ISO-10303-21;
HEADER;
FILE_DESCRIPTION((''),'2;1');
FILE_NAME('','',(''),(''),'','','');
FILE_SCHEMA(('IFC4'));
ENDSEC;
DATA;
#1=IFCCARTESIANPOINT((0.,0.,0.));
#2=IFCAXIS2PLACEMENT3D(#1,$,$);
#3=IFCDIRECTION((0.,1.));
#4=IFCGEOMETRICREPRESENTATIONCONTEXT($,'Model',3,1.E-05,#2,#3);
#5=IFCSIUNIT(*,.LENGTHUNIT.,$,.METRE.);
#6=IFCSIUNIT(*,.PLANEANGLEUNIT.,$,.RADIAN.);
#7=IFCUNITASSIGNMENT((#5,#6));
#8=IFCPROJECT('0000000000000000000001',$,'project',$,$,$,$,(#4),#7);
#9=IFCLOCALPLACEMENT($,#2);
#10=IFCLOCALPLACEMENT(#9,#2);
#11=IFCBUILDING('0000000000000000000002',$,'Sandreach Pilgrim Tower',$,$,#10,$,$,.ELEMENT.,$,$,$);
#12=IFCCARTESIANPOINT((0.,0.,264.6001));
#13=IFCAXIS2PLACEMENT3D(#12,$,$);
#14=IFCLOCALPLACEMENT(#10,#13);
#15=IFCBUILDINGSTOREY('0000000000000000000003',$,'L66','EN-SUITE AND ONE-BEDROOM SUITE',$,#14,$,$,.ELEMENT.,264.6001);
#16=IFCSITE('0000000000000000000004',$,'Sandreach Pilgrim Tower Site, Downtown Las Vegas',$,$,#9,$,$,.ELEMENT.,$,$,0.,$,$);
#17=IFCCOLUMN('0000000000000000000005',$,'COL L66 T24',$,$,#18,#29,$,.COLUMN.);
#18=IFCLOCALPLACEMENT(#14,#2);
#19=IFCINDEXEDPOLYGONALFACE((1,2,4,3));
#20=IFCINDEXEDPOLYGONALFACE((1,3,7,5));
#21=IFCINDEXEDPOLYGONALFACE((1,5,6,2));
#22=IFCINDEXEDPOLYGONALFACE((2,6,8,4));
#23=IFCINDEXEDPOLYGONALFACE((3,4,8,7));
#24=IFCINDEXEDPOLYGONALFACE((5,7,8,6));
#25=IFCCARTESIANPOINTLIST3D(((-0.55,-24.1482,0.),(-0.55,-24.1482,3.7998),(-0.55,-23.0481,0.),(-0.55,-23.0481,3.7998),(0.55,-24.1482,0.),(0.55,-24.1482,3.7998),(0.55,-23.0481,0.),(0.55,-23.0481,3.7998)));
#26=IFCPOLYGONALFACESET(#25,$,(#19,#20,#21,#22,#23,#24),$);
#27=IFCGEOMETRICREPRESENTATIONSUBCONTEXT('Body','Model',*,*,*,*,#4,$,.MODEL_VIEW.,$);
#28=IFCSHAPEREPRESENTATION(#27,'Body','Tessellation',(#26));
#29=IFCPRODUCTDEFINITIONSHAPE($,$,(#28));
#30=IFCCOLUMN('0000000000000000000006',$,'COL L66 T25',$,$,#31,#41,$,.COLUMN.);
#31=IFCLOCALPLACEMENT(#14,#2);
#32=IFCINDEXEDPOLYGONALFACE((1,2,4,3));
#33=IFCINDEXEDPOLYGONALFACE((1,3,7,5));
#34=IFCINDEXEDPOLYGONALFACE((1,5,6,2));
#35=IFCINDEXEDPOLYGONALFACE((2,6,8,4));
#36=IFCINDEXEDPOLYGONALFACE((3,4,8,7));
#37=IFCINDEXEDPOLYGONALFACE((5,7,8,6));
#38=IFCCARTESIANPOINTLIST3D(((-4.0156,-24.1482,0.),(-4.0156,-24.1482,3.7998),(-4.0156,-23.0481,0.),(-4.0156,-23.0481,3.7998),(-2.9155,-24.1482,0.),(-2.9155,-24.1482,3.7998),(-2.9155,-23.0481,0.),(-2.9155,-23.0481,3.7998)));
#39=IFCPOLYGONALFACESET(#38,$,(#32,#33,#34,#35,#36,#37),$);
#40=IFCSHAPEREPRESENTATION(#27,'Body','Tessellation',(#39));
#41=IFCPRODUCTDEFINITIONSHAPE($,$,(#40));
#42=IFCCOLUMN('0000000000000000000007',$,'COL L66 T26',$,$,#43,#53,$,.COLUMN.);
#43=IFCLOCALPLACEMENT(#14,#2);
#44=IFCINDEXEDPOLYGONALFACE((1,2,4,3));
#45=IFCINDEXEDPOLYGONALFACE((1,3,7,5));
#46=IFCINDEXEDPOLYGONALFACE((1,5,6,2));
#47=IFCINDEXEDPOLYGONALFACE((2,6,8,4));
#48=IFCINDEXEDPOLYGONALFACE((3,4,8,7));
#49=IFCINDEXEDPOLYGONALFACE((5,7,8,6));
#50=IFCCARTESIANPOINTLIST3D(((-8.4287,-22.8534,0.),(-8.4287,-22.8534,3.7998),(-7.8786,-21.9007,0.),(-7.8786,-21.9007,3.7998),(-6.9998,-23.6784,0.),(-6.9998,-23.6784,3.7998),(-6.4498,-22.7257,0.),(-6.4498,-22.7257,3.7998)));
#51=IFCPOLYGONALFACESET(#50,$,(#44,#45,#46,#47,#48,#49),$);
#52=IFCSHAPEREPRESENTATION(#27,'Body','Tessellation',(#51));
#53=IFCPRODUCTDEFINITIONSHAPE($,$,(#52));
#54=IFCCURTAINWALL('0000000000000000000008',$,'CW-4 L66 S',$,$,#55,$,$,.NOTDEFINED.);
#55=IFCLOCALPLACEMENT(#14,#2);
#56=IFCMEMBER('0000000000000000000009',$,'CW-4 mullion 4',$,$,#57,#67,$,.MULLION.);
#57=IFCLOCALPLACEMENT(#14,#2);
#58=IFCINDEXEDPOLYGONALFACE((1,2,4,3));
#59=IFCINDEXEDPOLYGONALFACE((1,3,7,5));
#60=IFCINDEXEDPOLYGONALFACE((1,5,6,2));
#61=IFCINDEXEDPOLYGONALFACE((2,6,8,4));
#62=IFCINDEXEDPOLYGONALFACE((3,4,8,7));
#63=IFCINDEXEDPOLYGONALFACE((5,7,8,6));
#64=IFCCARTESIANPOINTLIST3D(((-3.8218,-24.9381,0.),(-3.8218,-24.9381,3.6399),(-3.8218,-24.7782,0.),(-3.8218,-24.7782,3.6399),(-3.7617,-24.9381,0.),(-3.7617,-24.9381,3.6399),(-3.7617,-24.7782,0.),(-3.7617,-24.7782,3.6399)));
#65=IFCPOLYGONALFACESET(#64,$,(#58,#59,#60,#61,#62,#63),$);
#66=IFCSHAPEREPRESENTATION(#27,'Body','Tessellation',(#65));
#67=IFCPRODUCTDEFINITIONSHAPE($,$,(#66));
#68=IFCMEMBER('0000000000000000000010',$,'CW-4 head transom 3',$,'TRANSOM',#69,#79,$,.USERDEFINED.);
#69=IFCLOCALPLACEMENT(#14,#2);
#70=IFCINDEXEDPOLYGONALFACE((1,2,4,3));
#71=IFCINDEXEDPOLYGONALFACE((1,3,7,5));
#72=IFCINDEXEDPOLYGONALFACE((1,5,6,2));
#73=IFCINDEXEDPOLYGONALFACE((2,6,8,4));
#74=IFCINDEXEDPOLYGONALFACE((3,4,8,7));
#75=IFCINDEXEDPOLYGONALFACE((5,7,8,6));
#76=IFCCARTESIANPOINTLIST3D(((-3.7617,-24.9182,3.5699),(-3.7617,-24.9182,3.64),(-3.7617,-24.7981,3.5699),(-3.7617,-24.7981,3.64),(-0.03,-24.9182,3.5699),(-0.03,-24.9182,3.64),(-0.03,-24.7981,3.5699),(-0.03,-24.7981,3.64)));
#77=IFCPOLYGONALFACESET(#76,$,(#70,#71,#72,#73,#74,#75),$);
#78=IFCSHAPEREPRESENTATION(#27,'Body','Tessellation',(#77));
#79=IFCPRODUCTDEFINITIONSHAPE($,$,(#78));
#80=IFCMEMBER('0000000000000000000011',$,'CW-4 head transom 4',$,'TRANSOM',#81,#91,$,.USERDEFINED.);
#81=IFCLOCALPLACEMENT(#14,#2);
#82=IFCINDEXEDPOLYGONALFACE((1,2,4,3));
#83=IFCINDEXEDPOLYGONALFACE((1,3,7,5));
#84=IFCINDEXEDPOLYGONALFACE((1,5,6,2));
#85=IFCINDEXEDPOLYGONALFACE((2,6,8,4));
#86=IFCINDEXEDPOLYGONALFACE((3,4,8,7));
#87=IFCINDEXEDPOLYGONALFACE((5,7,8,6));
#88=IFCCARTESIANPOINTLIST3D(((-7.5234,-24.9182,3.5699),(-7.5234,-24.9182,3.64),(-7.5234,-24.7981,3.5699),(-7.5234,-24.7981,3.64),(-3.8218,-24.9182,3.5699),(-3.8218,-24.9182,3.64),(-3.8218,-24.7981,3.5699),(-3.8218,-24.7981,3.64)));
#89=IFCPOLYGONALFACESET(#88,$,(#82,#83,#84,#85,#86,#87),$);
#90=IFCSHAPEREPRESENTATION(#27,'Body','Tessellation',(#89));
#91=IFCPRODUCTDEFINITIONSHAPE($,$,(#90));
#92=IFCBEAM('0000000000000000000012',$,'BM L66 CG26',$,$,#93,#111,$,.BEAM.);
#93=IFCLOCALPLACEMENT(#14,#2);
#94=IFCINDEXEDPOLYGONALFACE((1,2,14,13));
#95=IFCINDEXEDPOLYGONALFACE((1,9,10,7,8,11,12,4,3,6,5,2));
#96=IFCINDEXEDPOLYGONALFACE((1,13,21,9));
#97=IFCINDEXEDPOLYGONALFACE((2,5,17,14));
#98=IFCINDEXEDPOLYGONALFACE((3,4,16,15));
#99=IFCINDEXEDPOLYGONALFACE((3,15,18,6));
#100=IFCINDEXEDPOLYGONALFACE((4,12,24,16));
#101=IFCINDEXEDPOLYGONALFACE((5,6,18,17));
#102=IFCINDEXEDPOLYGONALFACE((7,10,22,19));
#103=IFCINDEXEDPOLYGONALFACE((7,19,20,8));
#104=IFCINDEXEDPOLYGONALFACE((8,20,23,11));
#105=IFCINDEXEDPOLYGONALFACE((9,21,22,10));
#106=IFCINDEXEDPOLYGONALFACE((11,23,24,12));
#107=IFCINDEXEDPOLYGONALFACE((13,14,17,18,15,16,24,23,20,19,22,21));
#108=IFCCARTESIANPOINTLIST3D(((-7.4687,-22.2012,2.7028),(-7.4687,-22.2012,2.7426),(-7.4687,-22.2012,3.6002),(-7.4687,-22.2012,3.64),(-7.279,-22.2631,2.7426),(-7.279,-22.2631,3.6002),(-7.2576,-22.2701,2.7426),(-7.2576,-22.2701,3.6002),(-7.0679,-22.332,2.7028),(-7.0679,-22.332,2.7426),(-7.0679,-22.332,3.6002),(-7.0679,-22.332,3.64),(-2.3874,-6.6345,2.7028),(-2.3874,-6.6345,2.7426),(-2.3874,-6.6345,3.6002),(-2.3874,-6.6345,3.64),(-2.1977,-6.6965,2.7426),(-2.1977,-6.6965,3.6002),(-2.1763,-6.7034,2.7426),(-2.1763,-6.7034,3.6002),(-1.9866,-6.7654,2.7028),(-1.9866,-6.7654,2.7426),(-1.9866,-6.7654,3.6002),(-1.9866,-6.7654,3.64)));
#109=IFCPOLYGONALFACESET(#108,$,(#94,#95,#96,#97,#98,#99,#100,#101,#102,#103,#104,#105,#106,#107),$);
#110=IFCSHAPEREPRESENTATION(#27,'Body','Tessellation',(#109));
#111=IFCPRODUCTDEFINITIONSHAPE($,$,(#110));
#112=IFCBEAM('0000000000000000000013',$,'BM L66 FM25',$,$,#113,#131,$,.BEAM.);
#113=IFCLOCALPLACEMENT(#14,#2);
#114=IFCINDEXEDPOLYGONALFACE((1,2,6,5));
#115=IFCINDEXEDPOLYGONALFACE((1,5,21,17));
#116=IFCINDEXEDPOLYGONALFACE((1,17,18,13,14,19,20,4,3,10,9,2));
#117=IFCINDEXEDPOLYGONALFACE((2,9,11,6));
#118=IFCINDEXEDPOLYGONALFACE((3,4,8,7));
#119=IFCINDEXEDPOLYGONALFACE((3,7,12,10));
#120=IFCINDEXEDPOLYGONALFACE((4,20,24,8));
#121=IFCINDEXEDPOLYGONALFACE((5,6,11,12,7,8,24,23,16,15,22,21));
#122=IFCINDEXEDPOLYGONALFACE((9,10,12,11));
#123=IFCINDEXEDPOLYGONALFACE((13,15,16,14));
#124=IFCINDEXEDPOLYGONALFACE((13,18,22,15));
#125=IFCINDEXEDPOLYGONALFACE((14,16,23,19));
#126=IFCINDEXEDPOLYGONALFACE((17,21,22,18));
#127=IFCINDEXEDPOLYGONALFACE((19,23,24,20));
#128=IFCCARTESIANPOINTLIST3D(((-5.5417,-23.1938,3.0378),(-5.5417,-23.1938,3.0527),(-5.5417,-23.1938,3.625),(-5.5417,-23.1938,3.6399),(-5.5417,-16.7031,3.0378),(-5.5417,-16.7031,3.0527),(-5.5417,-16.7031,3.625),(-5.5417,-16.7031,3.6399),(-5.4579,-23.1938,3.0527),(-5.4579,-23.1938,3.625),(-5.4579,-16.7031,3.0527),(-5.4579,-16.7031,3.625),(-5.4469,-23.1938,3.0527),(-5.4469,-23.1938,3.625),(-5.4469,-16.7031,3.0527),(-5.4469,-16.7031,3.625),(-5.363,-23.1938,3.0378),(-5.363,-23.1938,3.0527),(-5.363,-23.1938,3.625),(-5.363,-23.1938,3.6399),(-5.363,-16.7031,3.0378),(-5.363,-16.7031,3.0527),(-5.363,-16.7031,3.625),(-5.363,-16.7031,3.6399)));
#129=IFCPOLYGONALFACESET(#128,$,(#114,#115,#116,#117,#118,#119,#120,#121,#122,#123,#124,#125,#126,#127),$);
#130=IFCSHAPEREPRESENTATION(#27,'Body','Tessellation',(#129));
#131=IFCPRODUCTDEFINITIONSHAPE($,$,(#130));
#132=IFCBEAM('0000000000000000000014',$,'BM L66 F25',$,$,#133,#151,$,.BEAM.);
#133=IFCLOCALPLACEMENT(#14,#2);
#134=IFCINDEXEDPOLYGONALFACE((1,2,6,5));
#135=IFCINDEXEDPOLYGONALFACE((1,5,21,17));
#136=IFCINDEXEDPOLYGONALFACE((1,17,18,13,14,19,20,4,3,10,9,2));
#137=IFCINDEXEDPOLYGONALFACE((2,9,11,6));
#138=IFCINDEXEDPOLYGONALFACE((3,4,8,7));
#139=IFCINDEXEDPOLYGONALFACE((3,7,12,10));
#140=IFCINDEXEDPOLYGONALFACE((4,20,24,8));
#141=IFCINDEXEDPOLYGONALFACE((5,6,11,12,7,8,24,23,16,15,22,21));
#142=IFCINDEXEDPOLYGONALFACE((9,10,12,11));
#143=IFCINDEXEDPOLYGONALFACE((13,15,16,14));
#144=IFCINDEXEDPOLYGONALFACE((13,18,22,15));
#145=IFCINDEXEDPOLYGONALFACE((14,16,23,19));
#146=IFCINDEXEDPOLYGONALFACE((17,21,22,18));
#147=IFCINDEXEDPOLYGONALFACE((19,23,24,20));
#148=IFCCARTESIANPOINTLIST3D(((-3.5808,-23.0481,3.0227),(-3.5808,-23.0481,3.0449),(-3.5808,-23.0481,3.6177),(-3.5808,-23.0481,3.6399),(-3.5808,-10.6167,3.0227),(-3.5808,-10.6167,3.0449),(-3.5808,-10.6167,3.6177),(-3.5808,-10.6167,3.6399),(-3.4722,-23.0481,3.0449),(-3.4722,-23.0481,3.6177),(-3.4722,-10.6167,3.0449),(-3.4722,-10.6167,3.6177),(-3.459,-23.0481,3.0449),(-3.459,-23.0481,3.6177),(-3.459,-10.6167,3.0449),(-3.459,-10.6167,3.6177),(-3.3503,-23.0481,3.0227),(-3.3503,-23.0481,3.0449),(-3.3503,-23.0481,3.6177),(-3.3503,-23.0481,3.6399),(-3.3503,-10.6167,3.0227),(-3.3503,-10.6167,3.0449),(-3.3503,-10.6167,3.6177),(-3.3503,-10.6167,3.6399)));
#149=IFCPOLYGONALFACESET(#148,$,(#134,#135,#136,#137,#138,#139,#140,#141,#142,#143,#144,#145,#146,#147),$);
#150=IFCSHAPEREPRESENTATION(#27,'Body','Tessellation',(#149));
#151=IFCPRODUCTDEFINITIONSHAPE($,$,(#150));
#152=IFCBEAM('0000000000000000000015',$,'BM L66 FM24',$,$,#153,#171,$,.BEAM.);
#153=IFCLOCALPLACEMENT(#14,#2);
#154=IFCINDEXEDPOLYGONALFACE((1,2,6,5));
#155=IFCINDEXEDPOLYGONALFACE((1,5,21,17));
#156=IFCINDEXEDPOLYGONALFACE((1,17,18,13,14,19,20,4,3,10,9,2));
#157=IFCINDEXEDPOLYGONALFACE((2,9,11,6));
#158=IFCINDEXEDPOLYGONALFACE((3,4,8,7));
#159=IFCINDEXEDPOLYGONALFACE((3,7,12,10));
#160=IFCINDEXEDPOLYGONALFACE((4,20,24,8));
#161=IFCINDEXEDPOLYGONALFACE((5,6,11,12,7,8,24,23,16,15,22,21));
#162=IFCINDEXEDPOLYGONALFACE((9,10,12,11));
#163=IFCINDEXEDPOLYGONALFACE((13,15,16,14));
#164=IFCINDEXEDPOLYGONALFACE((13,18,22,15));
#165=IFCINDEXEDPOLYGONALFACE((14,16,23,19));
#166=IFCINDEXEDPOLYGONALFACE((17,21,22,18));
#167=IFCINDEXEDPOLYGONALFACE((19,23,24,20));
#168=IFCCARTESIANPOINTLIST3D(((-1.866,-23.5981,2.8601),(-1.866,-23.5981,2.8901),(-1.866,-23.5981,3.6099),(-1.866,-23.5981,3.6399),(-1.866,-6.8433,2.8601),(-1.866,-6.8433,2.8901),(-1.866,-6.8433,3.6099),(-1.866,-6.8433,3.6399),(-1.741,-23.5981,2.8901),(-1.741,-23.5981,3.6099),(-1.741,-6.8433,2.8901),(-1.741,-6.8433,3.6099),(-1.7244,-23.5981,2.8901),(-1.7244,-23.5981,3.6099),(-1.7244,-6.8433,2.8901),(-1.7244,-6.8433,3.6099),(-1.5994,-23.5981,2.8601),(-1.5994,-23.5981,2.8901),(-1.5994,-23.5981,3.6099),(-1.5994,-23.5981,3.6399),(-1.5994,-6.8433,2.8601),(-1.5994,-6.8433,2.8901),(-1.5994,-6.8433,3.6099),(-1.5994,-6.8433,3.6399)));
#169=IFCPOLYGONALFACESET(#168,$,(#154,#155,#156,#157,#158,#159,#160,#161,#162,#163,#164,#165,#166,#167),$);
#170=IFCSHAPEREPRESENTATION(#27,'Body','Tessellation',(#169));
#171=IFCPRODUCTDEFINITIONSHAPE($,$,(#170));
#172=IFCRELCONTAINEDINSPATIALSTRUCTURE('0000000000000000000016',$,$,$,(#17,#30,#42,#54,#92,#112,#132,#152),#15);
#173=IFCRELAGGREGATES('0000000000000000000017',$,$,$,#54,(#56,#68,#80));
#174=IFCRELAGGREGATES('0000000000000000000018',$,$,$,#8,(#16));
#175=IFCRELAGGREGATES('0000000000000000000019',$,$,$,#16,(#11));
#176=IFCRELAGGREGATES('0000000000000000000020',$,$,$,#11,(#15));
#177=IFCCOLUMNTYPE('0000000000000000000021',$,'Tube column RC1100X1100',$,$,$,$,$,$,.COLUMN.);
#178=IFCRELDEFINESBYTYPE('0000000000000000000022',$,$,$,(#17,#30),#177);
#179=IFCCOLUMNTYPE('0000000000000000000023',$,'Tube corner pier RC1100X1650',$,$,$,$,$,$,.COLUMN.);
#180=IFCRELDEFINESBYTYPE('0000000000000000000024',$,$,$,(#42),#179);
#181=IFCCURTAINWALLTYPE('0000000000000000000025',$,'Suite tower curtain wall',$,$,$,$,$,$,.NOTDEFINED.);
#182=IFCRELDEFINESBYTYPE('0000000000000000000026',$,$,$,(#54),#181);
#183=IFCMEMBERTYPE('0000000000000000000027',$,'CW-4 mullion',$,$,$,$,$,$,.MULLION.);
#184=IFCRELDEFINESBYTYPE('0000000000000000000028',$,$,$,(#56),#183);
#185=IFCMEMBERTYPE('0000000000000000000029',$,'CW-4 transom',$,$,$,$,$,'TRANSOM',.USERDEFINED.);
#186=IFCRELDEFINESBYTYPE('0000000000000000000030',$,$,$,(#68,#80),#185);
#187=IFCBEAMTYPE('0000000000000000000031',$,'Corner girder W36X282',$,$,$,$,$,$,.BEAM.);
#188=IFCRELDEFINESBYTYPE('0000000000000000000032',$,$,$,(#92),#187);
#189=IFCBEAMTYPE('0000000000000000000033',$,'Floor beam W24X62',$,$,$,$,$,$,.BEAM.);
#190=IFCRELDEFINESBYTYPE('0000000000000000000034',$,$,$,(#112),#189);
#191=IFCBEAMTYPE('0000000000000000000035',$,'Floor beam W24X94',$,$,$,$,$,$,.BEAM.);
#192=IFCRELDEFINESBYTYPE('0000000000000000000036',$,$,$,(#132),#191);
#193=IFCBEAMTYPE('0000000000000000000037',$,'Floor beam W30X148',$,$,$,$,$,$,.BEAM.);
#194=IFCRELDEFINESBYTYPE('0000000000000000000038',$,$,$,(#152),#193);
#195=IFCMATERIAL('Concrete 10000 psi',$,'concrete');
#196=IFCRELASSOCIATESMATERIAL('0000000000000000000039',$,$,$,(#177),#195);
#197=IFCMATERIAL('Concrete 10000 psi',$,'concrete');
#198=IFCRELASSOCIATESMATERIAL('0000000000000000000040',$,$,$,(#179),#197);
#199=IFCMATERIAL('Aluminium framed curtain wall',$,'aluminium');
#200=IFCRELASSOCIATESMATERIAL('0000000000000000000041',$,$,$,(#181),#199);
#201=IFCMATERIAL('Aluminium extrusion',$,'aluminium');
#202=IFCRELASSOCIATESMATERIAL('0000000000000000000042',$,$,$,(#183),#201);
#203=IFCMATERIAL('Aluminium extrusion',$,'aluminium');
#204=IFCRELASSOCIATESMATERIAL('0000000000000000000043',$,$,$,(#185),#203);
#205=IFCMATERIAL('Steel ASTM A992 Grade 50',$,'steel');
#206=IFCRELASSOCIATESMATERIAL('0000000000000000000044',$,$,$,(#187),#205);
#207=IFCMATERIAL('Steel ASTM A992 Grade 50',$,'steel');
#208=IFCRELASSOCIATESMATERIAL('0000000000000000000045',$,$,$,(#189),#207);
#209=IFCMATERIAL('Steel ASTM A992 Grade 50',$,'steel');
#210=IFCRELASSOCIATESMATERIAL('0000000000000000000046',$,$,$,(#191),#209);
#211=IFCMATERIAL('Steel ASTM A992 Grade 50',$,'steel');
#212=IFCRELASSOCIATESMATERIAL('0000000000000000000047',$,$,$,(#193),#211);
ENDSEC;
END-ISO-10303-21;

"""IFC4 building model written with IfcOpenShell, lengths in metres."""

from ifc_helpers import new_model, si_unit, direction, frame, origin, origin_2d, place, context, subcontext, project, spatial, rectangle, i_section, extrude, material, material_profile, profile_set, type_object, element, aggregate, save


model = new_model("IFC4")

# Units and contexts
model_context = context("Model", 3, precision=1e-05, world=origin(), true_north=direction((0.0, 1.0)))
body_context = subcontext(model_context, "Body", "Model", "MODEL_VIEW")
ifc_project = project(units=[si_unit("LENGTHUNIT", "METRE"), si_unit("PLANEANGLEUNIT", "RADIAN")], contexts=[model_context])

# Site, building, storey
site_placement = place(None, origin())
site = spatial("IfcSite", under=ifc_project, at=site_placement, Name="Sandreach Pilgrim Tower Site, Downtown Las Vegas", CompositionType="ELEMENT", RefElevation=0.0)
building_placement = place(site_placement, origin())
building = spatial("IfcBuilding", under=site, at=building_placement, Name="Sandreach Pilgrim Tower", CompositionType="ELEMENT")
storey_placement = place(building_placement, frame((0.0, 0.0, 264.6001)))
storey = spatial("IfcBuildingStorey", under=building, at=storey_placement, Name="L66", Description="EN-SUITE AND ONE-BEDROOM SUITE", CompositionType="ELEMENT", Elevation=264.6001)

# Columns
ifc_material_1 = material(Name="Concrete 10000 psi", Category="concrete")
ifc_material_profile_1 = material_profile(ifc_material_1, rectangle(XDim=1.1001, YDim=1.1001, at=origin_2d()), Name="RC1100X1100")
ifc_profile_set_1 = profile_set([ifc_material_profile_1], Name="Concrete 10000 psi")
column_type_1 = type_object("IfcColumnType", Name="Tube column RC1100X1100", PredefinedType="COLUMN", material=ifc_profile_set_1)
for number, where, z_axis, x_axis, name in (
    (1, (0.0, -23.5981, 0.0), (0.0, 0.0, 1.0), (0.0, -1.0, 0.0), "COL L66 T24"),
    (2, (-3.4656, -23.5981, 0.0), (0.0, 0.0, 1.0), (0.0, -1.0, 0.0), "COL L66 T25"),
):
    element("IfcColumn", number, at=place(storey_placement, frame(where, z_axis=z_axis, x_axis=x_axis)), inside=storey, type_object=column_type_1, Name=name, PredefinedType="COLUMN", context=body_context, shape_type="SweptSolid", body=[
        extrude(rectangle(XDim=1.1001, YDim=1.1001, at=origin_2d()), origin(), (0.0, 0.0, 1.0), 3.7998),
    ])
ifc_material_2 = material(Name="Concrete 10000 psi", Category="concrete")
ifc_material_profile_2 = material_profile(ifc_material_2, rectangle(XDim=1.1001, YDim=1.6499, at=origin_2d()), Name="RC1100X1650")
ifc_profile_set_2 = profile_set([ifc_material_profile_2], Name="Concrete 10000 psi")
column_type_2 = type_object("IfcColumnType", Name="Tube corner pier RC1100X1650", PredefinedType="COLUMN", material=ifc_profile_set_2)
column_placement = place(storey_placement, frame((-7.4392, -22.7896, 0.0), z_axis=(0.0, 0.0, 1.0), x_axis=(-0.5, -0.866025, 0.0)))
element("IfcColumn", 3, at=column_placement, inside=storey, type_object=column_type_2, Name="COL L66 T26", PredefinedType="COLUMN", context=body_context, shape_type="SweptSolid", body=[
    extrude(rectangle(XDim=1.1001, YDim=1.6499, at=origin_2d()), origin(), (0.0, 0.0, 1.0), 3.7998),
])

# Curtain wall, members
ifc_material_3 = material(Name="Aluminium framed curtain wall", Category="aluminium")
curtain_wall_type = type_object("IfcCurtainWallType", Name="Suite tower curtain wall", PredefinedType="NOTDEFINED", material=ifc_material_3)
curtain_wall_placement = place(storey_placement, origin())
curtain_wall = element("IfcCurtainWall", 4, at=curtain_wall_placement, inside=storey, type_object=curtain_wall_type, Name="CW-4 L66 S", PredefinedType="NOTDEFINED")
ifc_material_4 = material(Name="Aluminium extrusion", Category="aluminium")
ifc_material_profile_3 = material_profile(ifc_material_4, rectangle(XDim=0.0601, YDim=0.1599, at=origin_2d()), Name="CW-4M 60X160")
ifc_profile_set_3 = profile_set([ifc_material_profile_3], Name="Aluminium extrusion")
member_type_1 = type_object("IfcMemberType", Name="CW-4 mullion", PredefinedType="MULLION", material=ifc_profile_set_3)
member_1_placement = place(storey_placement, frame((-3.7917, -24.8582, 0.0), z_axis=(0.0, 0.0, 1.0), x_axis=(-1.0, 0.0, 0.0)))
member_1 = element("IfcMember", 5, at=member_1_placement, type_object=member_type_1, Name="CW-4 mullion 4", PredefinedType="MULLION", context=body_context, shape_type="SweptSolid", body=[
    extrude(rectangle(XDim=0.0601, YDim=0.1599, at=origin_2d()), origin(), (0.0, 0.0, 1.0), 3.6399),
])
ifc_material_5 = material(Name="Aluminium extrusion", Category="aluminium")
ifc_material_profile_4 = material_profile(ifc_material_5, rectangle(XDim=0.1201, YDim=0.0701, at=origin_2d()), Name="CW-4T 120X70")
ifc_profile_set_4 = profile_set([ifc_material_profile_4], Name="Aluminium extrusion")
member_type_2 = type_object("IfcMemberType", Name="CW-4 transom", ElementType="TRANSOM", PredefinedType="USERDEFINED", material=ifc_profile_set_4)
member_2_placement = place(storey_placement, frame((-0.03, -24.8582, 3.605), z_axis=(-1.0, 0.0, 0.0), x_axis=(0.0, -1.0, 0.0)))
member_2 = element("IfcMember", 6, at=member_2_placement, type_object=member_type_2, Name="CW-4 head transom 3", ObjectType="TRANSOM", PredefinedType="USERDEFINED", context=body_context, shape_type="SweptSolid", body=[
    extrude(rectangle(XDim=0.1201, YDim=0.0701, at=origin_2d()), origin(), (0.0, 0.0, 1.0), 3.7317),
])
member_3_placement = place(storey_placement, frame((-3.8218, -24.8582, 3.605), z_axis=(-1.0, 0.0, 0.0), x_axis=(0.0, -1.0, 0.0)))
member_3 = element("IfcMember", 7, at=member_3_placement, type_object=member_type_2, Name="CW-4 head transom 4", ObjectType="TRANSOM", PredefinedType="USERDEFINED", context=body_context, shape_type="SweptSolid", body=[
    extrude(rectangle(XDim=0.1201, YDim=0.0701, at=origin_2d()), origin(), (0.0, 0.0, 1.0), 3.7017),
])

# Beams
ifc_material_6 = material(Name="Steel ASTM A992 Grade 50", Category="steel")
ifc_material_profile_5 = material_profile(ifc_material_6, i_section(OverallWidth=0.4216, OverallDepth=0.9373, WebThickness=0.0225, FlangeThickness=0.0398, at=origin_2d()), Name="W36X282")
ifc_profile_set_5 = profile_set([ifc_material_profile_5], Name="Steel ASTM A992 Grade 50")
beam_type_1 = type_object("IfcBeamType", Name="Corner girder W36X282", PredefinedType="BEAM", material=ifc_profile_set_5)
beam_1_placement = place(storey_placement, frame((-7.2683, -22.2666, 3.1714), z_axis=(0.310309, 0.950636, 0.0), x_axis=(-0.950636, 0.310309, 0.0)))
element("IfcBeam", 8, at=beam_1_placement, inside=storey, type_object=beam_type_1, Name="BM L66 CG26", PredefinedType="BEAM", context=body_context, shape_type="SweptSolid", body=[
    extrude(i_section(OverallWidth=0.4216, OverallDepth=0.9373, WebThickness=0.0225, FlangeThickness=0.0398, at=origin_2d()), origin(), (0.0, 0.0, 1.0), 16.375),
])
ifc_material_7 = material(Name="Steel ASTM A992 Grade 50", Category="steel")
ifc_material_profile_6 = material_profile(ifc_material_7, i_section(OverallWidth=0.1787, OverallDepth=0.6021, WebThickness=0.011, FlangeThickness=0.0149, at=origin_2d()), Name="W24X62")
ifc_profile_set_6 = profile_set([ifc_material_profile_6], Name="Steel ASTM A992 Grade 50")
beam_type_2 = type_object("IfcBeamType", Name="Floor beam W24X62", PredefinedType="BEAM", material=ifc_profile_set_6)
beam_2_placement = place(storey_placement, frame((-5.4524, -23.1938, 3.3389), z_axis=(0.0, 1.0, 0.0), x_axis=(-1.0, 0.0, 0.0)))
element("IfcBeam", 9, at=beam_2_placement, inside=storey, type_object=beam_type_2, Name="BM L66 FM25", PredefinedType="BEAM", context=body_context, shape_type="SweptSolid", body=[
    extrude(i_section(OverallWidth=0.1787, OverallDepth=0.6021, WebThickness=0.011, FlangeThickness=0.0149, at=origin_2d()), origin(), (0.0, 0.0, 1.0), 6.4907),
])
ifc_material_8 = material(Name="Steel ASTM A992 Grade 50", Category="steel")
ifc_material_profile_7 = material_profile(ifc_material_8, i_section(OverallWidth=0.2305, OverallDepth=0.6172, WebThickness=0.0132, FlangeThickness=0.0222, at=origin_2d()), Name="W24X94")
ifc_profile_set_7 = profile_set([ifc_material_profile_7], Name="Steel ASTM A992 Grade 50")
beam_type_3 = type_object("IfcBeamType", Name="Floor beam W24X94", PredefinedType="BEAM", material=ifc_profile_set_7)
beam_3_placement = place(storey_placement, frame((-3.4656, -23.0481, 3.3313), z_axis=(0.0, 1.0, 0.0), x_axis=(-1.0, 0.0, 0.0)))
element("IfcBeam", 10, at=beam_3_placement, inside=storey, type_object=beam_type_3, Name="BM L66 F25", PredefinedType="BEAM", context=body_context, shape_type="SweptSolid", body=[
    extrude(i_section(OverallWidth=0.2305, OverallDepth=0.6172, WebThickness=0.0132, FlangeThickness=0.0222, at=origin_2d()), origin(), (0.0, 0.0, 1.0), 12.4314),
])
ifc_material_9 = material(Name="Steel ASTM A992 Grade 50", Category="steel")
ifc_material_profile_8 = material_profile(ifc_material_9, i_section(OverallWidth=0.2666, OverallDepth=0.7798, WebThickness=0.0166, FlangeThickness=0.03, at=origin_2d()), Name="W30X148")
ifc_profile_set_8 = profile_set([ifc_material_profile_8], Name="Steel ASTM A992 Grade 50")
beam_type_4 = type_object("IfcBeamType", Name="Floor beam W30X148", PredefinedType="BEAM", material=ifc_profile_set_8)
beam_4_placement = place(storey_placement, frame((-1.7327, -23.5981, 3.25), z_axis=(0.0, 1.0, 0.0), x_axis=(-1.0, 0.0, 0.0)))
element("IfcBeam", 11, at=beam_4_placement, inside=storey, type_object=beam_type_4, Name="BM L66 FM24", PredefinedType="BEAM", context=body_context, shape_type="SweptSolid", body=[
    extrude(i_section(OverallWidth=0.2666, OverallDepth=0.7798, WebThickness=0.0166, FlangeThickness=0.03, at=origin_2d()), origin(), (0.0, 0.0, 1.0), 16.7549),
])

aggregate(curtain_wall, [member_1, member_2, member_3])

save(model, "model.ifc")
